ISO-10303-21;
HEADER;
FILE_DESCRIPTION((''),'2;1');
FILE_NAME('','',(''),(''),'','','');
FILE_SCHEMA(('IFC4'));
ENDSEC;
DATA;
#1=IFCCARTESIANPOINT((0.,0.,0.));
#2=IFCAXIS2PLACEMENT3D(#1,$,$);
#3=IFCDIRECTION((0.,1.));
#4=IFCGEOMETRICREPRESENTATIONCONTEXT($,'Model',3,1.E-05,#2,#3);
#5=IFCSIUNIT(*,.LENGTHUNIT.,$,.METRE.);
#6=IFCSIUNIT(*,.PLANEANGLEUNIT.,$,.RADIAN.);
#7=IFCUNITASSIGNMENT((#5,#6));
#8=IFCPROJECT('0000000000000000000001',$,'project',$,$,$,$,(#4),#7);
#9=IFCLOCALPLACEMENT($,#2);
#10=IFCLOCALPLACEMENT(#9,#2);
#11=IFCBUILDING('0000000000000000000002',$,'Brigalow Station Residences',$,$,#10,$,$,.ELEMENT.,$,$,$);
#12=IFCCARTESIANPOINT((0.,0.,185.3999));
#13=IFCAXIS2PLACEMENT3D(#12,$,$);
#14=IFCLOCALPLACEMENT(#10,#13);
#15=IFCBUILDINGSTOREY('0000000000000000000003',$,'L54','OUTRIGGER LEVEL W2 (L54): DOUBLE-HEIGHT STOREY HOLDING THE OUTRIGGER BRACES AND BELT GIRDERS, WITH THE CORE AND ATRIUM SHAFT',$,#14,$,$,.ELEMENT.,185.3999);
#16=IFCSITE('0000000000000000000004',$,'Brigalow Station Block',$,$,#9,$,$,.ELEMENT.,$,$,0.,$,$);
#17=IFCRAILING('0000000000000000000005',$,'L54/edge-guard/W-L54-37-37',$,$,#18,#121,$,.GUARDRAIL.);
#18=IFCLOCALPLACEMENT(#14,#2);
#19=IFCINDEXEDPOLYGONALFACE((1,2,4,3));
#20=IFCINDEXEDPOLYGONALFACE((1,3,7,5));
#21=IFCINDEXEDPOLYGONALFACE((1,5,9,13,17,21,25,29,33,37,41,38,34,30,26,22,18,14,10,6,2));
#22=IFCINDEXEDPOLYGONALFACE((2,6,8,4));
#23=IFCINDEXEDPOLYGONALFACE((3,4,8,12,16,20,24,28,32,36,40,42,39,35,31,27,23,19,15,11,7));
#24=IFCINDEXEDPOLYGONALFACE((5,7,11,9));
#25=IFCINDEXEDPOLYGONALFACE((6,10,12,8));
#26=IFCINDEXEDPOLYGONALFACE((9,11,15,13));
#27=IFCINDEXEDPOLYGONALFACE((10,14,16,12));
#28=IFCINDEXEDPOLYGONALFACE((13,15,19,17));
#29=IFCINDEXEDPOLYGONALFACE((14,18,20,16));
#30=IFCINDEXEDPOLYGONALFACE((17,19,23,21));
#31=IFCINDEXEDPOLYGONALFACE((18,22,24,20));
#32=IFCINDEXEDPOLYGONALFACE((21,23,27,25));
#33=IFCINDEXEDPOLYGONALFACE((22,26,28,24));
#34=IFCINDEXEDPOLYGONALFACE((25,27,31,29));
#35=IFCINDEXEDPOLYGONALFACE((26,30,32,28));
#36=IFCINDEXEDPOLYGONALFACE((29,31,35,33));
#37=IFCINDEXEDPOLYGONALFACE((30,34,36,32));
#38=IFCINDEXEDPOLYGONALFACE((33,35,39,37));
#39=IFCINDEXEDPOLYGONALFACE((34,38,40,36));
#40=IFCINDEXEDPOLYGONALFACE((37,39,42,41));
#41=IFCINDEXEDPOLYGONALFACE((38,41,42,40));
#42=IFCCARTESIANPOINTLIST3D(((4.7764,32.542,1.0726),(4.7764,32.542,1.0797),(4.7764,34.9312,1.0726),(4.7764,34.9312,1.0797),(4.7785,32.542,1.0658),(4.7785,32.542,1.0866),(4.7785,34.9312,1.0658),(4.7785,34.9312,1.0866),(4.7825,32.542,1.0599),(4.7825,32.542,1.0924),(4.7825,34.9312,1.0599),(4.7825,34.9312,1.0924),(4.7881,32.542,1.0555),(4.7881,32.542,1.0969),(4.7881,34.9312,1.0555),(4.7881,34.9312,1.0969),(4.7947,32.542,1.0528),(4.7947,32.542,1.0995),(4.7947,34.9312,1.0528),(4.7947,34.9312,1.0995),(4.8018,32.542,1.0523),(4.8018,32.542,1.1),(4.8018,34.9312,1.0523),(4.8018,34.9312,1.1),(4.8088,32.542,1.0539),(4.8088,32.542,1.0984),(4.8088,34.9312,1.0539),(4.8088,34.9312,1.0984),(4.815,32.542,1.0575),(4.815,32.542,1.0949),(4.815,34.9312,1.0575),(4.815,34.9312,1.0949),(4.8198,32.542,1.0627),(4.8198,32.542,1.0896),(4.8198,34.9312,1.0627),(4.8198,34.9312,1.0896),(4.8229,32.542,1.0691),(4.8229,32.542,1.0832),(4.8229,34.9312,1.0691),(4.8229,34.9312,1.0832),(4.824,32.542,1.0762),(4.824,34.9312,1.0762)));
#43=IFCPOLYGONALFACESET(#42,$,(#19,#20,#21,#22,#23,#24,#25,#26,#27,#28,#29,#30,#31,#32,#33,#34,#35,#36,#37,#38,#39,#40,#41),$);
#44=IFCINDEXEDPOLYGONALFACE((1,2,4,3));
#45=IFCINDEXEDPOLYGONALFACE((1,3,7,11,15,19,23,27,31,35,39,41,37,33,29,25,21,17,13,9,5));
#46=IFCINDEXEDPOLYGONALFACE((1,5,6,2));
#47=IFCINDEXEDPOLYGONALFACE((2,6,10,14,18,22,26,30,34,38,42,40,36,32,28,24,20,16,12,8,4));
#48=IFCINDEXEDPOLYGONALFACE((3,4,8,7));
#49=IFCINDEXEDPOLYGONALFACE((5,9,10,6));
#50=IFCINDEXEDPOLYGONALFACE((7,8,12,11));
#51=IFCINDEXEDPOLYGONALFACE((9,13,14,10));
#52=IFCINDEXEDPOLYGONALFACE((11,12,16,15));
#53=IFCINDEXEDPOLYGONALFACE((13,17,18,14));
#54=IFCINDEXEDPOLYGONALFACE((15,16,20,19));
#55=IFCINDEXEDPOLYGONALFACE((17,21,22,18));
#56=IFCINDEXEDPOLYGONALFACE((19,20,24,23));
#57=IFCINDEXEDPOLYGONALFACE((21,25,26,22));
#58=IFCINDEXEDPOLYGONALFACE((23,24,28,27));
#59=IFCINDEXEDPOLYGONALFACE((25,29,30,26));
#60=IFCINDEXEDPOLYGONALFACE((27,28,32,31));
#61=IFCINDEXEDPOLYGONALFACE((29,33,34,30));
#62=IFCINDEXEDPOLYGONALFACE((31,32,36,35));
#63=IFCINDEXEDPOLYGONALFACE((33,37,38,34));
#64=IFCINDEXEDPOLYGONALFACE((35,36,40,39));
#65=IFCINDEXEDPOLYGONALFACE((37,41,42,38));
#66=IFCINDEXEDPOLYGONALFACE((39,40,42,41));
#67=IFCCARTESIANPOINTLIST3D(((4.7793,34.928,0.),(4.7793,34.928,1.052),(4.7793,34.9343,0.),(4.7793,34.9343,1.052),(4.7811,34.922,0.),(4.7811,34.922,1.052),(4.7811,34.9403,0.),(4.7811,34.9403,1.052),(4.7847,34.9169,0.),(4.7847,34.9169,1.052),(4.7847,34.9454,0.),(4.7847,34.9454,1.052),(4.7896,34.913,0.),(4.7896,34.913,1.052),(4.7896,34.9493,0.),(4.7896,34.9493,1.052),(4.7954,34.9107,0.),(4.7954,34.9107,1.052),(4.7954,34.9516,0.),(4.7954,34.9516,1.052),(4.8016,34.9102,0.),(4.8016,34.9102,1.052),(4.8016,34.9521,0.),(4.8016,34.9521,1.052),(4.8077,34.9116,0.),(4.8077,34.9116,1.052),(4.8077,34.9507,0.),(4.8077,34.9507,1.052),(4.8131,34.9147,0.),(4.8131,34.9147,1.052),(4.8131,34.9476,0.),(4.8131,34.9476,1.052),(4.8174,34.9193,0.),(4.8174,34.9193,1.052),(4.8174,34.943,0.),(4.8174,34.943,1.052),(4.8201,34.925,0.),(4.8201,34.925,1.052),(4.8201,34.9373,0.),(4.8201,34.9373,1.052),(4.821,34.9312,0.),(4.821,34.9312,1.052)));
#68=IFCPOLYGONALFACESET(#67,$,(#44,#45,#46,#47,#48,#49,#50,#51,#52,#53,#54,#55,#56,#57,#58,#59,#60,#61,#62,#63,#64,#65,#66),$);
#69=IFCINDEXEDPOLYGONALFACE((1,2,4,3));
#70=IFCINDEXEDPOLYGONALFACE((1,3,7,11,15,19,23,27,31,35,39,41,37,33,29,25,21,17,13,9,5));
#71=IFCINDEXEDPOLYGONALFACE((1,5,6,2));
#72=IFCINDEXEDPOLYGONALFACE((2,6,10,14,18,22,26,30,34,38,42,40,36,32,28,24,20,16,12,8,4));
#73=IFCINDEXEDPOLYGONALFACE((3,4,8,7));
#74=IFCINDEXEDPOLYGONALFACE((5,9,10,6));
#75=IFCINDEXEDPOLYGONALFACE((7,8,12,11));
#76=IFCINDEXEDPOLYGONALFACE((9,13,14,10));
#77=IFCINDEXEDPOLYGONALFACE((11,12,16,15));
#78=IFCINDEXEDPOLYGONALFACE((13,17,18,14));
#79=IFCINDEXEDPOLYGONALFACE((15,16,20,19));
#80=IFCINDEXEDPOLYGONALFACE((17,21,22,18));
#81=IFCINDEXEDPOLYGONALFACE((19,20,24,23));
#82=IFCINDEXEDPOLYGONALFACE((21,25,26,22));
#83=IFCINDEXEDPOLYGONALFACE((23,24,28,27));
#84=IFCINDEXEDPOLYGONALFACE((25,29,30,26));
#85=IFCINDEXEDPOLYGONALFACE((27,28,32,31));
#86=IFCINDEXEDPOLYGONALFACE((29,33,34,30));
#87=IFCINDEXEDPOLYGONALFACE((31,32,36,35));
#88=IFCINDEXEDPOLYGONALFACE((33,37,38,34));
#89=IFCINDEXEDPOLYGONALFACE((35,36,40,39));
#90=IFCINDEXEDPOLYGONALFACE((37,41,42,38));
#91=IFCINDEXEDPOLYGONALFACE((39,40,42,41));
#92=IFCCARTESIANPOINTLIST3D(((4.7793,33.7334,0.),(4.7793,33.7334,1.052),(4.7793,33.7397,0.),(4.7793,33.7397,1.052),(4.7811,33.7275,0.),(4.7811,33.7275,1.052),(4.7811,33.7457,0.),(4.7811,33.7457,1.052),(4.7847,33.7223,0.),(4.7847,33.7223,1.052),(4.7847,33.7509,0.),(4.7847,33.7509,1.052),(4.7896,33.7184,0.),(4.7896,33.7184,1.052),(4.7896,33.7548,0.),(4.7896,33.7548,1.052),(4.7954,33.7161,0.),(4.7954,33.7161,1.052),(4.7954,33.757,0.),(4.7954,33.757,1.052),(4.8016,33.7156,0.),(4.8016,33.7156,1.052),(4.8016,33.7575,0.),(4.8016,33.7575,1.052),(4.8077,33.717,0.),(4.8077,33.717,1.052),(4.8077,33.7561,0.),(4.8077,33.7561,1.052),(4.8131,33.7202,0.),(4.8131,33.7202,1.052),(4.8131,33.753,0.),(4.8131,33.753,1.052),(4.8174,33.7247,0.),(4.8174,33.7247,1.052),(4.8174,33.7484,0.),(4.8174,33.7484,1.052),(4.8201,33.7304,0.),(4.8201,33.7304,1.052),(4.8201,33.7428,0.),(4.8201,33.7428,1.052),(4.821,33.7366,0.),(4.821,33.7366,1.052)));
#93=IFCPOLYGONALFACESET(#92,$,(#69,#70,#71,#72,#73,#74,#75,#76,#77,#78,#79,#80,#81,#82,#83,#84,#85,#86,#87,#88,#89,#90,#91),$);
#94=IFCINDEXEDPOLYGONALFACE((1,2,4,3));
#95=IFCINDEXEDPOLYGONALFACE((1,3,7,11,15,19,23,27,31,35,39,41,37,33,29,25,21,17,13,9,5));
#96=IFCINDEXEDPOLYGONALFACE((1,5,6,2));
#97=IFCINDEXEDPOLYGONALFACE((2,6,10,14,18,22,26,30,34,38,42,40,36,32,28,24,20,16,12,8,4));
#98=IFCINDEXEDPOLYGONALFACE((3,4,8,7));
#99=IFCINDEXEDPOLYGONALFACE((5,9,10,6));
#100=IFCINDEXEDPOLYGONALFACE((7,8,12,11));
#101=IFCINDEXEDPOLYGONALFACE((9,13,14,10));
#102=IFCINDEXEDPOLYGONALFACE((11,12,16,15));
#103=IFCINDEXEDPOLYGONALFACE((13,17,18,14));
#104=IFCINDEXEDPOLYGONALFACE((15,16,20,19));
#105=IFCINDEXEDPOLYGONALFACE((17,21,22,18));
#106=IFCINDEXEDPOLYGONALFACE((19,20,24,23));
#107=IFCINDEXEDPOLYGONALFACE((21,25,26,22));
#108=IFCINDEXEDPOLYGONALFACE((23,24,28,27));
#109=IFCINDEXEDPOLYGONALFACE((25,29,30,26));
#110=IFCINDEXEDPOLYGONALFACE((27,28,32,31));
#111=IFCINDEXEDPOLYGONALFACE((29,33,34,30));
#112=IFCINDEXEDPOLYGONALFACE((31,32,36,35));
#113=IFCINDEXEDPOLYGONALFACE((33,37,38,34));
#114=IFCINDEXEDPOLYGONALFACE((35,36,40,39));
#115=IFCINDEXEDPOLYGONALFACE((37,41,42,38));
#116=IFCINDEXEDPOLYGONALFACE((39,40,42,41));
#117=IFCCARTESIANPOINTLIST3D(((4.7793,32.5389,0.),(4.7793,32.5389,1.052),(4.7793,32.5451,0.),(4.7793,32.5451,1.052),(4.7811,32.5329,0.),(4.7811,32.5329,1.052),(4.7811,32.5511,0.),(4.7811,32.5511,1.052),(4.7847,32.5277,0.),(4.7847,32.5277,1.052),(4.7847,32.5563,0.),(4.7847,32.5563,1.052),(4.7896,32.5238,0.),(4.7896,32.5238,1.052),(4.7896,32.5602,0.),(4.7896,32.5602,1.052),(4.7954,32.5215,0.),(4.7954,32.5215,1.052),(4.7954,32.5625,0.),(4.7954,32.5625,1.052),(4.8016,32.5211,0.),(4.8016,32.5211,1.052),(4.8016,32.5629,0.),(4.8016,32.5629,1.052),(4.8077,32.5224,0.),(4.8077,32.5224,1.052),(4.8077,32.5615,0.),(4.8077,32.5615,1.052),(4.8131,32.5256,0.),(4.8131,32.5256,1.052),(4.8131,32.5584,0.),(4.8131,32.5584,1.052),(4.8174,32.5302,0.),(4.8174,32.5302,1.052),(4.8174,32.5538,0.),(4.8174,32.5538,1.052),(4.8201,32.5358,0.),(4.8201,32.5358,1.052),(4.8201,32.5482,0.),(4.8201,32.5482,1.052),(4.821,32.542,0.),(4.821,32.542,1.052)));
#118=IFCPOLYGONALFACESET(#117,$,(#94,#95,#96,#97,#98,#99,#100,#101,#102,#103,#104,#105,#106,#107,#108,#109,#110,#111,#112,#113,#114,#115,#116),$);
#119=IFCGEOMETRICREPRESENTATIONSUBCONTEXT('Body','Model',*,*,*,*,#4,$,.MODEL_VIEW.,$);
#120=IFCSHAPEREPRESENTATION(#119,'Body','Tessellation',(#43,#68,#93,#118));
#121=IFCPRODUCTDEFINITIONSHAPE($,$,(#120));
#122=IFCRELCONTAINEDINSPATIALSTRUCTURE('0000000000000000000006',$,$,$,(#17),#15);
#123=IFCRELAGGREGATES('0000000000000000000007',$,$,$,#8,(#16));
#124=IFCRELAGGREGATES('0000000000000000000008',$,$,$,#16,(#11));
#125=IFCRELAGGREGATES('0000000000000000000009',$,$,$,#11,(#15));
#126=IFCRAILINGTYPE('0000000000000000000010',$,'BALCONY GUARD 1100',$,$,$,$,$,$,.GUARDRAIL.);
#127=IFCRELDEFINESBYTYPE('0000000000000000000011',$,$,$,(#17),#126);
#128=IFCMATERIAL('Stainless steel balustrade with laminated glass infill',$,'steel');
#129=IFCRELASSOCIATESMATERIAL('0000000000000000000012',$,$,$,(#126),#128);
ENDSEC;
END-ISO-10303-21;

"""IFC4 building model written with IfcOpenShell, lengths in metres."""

from ifc_helpers import new_model, si_unit, direction, frame, origin, origin_2d, place, context, subcontext, project, spatial, circle, extrude, material, type_object, element, save


model = new_model("IFC4")

# Units and contexts
model_context = context("Model", 3, precision=1e-05, world=origin(), true_north=direction((0.0, 1.0)))
body_context = subcontext(model_context, "Body", "Model", "MODEL_VIEW")
ifc_project = project(units=[si_unit("LENGTHUNIT", "METRE"), si_unit("PLANEANGLEUNIT", "RADIAN")], contexts=[model_context])

# Site, building, storey
site_placement = place(None, origin())
site = spatial("IfcSite", under=ifc_project, at=site_placement, Name="Brigalow Station Block", CompositionType="ELEMENT", RefElevation=0.0)
building_placement = place(site_placement, origin())
building = spatial("IfcBuilding", under=site, at=building_placement, Name="Brigalow Station Residences", CompositionType="ELEMENT")
storey_placement = place(building_placement, frame((0.0, 0.0, 185.3999)))
storey = spatial("IfcBuildingStorey", under=building, at=storey_placement, Name="L54", Description="OUTRIGGER LEVEL W2 (L54): DOUBLE-HEIGHT STOREY HOLDING THE OUTRIGGER BRACES AND BELT GIRDERS, WITH THE CORE AND ATRIUM SHAFT", CompositionType="ELEMENT", Elevation=185.3999)

# Railing
ifc_material_1 = material(Name="Stainless steel balustrade with laminated glass infill", Category="steel")
railing_type_1 = type_object("IfcRailingType", Name="BALCONY GUARD 1100", PredefinedType="GUARDRAIL", material=ifc_material_1)
railing_1_placement = place(storey_placement, frame((4.8, 34.9312, 0.0)))
element("IfcRailing", 1, at=railing_1_placement, inside=storey, type_object=railing_type_1, Name="L54/edge-guard/W-L54-37-37", PredefinedType="GUARDRAIL", context=body_context, shape_type="SweptSolid", body=[
    extrude(circle(Radius=0.0239, at=origin_2d()), frame((0.0, 0.0, 1.0762), z_axis=(0.0, -1.0, 0.0), x_axis=(1.0, 0.0, 0.0)), (0.0, 0.0, 1.0), 2.3892),
    extrude(circle(Radius=0.021, at=origin_2d()), origin(), (0.0, 0.0, 1.0), 1.052),
    extrude(circle(Radius=0.021, at=origin_2d()), frame((0.0, -1.1946, 0.0)), (0.0, 0.0, 1.0), 1.052),
    extrude(circle(Radius=0.021, at=origin_2d()), frame((0.0, -2.3892, 0.0)), (0.0, 0.0, 1.0), 1.052),
])

save(model, "model.ifc")
